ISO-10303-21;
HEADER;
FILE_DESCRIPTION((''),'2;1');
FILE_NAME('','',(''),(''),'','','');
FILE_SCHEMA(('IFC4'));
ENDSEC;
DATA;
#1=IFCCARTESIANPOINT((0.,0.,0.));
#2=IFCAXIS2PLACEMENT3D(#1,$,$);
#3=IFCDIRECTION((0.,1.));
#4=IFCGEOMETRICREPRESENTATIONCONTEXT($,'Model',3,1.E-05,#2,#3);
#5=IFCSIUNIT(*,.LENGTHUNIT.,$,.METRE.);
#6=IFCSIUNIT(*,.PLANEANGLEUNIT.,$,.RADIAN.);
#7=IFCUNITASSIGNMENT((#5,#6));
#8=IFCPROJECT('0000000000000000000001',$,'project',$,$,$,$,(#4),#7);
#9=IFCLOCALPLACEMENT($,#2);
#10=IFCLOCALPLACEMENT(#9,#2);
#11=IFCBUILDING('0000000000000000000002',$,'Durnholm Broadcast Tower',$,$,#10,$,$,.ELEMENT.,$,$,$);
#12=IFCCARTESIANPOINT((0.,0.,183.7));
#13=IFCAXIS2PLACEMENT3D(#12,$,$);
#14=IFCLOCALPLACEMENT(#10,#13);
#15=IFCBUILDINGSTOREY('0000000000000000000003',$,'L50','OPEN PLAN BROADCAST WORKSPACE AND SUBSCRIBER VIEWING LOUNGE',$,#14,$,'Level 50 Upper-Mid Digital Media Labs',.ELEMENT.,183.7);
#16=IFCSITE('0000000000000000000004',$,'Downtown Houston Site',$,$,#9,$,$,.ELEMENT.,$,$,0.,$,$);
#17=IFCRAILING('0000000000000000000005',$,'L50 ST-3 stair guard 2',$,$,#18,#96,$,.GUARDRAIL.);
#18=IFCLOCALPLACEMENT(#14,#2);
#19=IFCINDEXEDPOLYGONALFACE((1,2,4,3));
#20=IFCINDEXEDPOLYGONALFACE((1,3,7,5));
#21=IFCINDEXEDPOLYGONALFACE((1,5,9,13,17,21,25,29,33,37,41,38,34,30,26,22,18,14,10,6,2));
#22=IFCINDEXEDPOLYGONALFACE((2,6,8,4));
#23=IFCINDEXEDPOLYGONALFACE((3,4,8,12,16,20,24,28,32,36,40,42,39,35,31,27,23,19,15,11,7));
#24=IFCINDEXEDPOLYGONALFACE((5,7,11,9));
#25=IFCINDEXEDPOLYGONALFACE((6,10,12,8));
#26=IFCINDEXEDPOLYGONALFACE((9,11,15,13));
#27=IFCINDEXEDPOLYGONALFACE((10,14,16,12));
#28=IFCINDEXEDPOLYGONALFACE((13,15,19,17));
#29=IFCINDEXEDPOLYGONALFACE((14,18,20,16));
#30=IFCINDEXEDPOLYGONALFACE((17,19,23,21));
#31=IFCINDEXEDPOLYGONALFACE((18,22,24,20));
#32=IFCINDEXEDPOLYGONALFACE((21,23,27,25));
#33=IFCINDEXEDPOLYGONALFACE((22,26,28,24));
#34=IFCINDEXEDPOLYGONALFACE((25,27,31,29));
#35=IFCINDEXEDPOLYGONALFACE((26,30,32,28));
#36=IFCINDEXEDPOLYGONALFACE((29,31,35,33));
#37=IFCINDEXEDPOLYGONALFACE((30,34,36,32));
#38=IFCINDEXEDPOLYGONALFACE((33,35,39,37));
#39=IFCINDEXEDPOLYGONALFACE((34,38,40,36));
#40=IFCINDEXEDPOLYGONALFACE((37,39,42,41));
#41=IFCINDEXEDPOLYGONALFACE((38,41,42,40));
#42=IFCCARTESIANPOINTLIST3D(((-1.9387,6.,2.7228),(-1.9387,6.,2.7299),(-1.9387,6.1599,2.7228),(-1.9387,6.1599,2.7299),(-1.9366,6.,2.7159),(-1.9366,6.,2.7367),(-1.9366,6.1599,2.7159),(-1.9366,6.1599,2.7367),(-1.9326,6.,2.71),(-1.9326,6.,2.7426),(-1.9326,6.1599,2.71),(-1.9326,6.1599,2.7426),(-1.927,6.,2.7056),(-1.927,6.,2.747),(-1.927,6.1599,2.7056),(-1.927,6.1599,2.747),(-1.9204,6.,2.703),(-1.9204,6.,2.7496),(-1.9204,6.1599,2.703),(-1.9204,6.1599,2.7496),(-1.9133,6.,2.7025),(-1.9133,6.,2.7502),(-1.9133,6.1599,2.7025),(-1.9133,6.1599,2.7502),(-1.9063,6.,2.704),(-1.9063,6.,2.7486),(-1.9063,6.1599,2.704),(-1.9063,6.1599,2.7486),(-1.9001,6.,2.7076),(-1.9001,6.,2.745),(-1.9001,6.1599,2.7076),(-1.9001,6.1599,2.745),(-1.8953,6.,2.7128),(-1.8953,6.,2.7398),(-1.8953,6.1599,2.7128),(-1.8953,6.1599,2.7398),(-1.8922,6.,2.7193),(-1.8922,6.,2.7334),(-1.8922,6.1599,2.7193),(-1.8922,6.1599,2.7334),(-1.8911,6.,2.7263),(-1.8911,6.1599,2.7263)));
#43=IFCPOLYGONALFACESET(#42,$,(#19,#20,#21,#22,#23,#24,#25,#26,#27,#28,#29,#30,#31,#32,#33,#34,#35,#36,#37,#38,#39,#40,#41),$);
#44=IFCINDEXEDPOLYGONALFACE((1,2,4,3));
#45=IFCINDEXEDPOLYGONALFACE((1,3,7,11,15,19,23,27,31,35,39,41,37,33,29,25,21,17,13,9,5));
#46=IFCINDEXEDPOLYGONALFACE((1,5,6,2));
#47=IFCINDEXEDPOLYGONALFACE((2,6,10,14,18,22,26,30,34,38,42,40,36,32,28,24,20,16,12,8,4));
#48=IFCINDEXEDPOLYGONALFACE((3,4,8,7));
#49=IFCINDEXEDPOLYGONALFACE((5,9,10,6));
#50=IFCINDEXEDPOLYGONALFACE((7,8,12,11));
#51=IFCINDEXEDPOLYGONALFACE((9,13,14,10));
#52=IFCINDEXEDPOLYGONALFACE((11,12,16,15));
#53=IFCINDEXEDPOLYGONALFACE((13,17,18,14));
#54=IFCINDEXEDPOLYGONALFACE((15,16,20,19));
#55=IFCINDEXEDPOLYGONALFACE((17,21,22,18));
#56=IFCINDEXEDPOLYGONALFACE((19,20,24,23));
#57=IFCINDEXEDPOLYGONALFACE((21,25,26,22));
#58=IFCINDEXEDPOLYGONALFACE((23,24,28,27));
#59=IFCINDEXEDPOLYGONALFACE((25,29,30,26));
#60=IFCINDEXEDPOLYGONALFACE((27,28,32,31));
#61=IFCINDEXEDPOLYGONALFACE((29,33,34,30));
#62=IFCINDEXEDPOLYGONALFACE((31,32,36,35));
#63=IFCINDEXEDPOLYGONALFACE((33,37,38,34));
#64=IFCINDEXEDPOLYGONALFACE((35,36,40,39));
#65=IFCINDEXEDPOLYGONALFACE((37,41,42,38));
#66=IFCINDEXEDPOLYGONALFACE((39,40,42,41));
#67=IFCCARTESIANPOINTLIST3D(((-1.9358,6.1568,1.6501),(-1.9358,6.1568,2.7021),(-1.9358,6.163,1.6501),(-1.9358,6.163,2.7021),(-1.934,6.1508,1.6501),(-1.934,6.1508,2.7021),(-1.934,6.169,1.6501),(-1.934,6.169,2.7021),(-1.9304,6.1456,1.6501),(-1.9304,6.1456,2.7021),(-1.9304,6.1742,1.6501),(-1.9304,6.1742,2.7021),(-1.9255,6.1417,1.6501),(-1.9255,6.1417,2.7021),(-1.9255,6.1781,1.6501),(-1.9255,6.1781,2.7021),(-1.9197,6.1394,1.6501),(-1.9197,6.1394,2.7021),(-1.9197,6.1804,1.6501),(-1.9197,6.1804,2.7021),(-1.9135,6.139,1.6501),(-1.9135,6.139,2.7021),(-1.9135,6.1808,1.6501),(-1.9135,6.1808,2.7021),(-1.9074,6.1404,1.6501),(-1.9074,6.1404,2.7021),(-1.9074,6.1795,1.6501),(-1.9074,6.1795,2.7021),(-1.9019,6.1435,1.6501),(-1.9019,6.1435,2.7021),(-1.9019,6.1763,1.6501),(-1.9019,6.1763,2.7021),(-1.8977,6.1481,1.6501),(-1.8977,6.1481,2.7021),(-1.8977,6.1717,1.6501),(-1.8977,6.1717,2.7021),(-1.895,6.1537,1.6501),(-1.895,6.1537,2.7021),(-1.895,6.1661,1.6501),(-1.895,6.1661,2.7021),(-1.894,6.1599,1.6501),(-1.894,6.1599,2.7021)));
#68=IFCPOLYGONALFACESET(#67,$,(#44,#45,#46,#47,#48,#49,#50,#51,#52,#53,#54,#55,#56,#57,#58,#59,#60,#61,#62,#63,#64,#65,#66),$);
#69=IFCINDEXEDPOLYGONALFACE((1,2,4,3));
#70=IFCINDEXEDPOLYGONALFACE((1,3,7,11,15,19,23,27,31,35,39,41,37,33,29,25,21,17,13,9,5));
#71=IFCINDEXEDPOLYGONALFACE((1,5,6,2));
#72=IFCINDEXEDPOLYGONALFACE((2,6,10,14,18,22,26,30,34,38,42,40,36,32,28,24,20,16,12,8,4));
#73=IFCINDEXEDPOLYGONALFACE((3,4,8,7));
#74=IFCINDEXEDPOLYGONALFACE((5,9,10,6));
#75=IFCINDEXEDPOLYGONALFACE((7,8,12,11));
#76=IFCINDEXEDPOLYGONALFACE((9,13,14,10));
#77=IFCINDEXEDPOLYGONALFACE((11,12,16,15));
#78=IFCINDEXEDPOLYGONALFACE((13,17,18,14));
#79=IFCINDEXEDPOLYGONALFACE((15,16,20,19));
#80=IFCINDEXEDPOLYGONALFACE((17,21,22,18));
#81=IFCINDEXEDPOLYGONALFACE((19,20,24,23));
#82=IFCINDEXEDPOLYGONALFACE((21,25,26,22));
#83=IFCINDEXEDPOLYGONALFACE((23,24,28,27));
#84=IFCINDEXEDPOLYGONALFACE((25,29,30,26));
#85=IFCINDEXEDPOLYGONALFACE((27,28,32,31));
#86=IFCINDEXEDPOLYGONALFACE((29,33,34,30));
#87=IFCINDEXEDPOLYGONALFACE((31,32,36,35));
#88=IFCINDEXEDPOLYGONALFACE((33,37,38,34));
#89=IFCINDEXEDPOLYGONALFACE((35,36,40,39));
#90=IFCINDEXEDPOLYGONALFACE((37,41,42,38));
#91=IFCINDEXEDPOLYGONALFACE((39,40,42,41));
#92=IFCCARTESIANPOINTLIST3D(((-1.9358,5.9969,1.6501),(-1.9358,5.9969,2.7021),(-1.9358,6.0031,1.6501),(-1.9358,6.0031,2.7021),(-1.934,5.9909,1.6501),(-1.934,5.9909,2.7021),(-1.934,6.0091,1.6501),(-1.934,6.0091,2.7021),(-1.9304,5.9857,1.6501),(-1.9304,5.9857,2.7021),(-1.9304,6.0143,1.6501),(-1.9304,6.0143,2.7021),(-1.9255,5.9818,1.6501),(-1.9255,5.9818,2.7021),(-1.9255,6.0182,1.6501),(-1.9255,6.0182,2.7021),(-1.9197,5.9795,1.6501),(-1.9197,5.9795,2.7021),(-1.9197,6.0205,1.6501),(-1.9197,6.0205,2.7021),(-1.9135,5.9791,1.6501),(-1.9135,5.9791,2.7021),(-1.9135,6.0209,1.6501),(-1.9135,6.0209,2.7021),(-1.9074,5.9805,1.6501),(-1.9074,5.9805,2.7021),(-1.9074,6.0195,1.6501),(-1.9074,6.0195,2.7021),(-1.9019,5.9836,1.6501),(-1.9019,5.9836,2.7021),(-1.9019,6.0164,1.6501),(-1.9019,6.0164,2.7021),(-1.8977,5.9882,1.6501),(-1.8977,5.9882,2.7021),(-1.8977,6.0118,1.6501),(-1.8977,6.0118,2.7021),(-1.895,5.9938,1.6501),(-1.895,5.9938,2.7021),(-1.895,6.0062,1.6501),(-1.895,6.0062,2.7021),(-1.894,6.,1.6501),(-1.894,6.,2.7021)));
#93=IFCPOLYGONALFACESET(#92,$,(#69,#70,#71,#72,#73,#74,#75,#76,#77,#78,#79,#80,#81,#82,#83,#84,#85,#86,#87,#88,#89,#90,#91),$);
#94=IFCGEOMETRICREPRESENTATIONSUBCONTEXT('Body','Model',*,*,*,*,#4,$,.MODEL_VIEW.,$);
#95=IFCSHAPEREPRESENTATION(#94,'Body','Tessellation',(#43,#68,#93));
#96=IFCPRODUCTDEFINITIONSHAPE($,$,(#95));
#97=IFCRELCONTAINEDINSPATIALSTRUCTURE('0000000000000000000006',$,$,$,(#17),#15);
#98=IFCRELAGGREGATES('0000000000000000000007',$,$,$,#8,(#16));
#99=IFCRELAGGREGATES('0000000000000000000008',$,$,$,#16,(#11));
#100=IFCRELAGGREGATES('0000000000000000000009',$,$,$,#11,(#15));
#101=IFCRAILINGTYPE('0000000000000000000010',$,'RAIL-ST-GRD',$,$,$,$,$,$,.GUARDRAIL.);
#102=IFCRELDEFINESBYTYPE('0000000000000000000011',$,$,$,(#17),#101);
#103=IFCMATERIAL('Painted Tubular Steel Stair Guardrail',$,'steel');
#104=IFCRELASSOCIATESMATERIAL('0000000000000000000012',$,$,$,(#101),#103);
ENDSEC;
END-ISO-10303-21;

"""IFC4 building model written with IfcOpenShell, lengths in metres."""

from ifc_helpers import new_model, si_unit, direction, frame, origin, origin_2d, place, context, subcontext, project, spatial, circle, extrude, material, type_object, element, save


model = new_model("IFC4")

# Units and contexts
model_context = context("Model", 3, precision=1e-05, world=origin(), true_north=direction((0.0, 1.0)))
body_context = subcontext(model_context, "Body", "Model", "MODEL_VIEW")
ifc_project = project(units=[si_unit("LENGTHUNIT", "METRE"), si_unit("PLANEANGLEUNIT", "RADIAN")], contexts=[model_context])

# Site, building, storey
site_placement = place(None, origin())
site = spatial("IfcSite", under=ifc_project, at=site_placement, Name="Downtown Houston Site", CompositionType="ELEMENT", RefElevation=0.0)
building_placement = place(site_placement, origin())
building = spatial("IfcBuilding", under=site, at=building_placement, Name="Durnholm Broadcast Tower", CompositionType="ELEMENT")
storey_placement = place(building_placement, frame((0.0, 0.0, 183.7)))
storey = spatial("IfcBuildingStorey", under=building, at=storey_placement, Name="L50", Description="OPEN PLAN BROADCAST WORKSPACE AND SUBSCRIBER VIEWING LOUNGE", LongName="Level 50 Upper-Mid Digital Media Labs", CompositionType="ELEMENT", Elevation=183.7)

# Railing
ifc_material_1 = material(Name="Painted Tubular Steel Stair Guardrail", Category="steel")
railing_type_1 = type_object("IfcRailingType", Name="RAIL-ST-GRD", PredefinedType="GUARDRAIL", material=ifc_material_1)
railing_1_placement = place(storey_placement, frame((-1.915, 6.1599, 1.6501)))
element("IfcRailing", 1, at=railing_1_placement, inside=storey, type_object=railing_type_1, Name="L50 ST-3 stair guard 2", PredefinedType="GUARDRAIL", context=body_context, shape_type="SweptSolid", body=[
    extrude(circle(Radius=0.0239, at=origin_2d()), frame((0.0, 0.0, 1.0762), z_axis=(0.0, -1.0, 0.0), x_axis=(1.0, 0.0, 0.0)), (0.0, 0.0, 1.0), 0.1599),
    extrude(circle(Radius=0.021, at=origin_2d()), origin(), (0.0, 0.0, 1.0), 1.052),
    extrude(circle(Radius=0.021, at=origin_2d()), frame((0.0, -0.1599, 0.0)), (0.0, 0.0, 1.0), 1.052),
])

save(model, "model.ifc")
